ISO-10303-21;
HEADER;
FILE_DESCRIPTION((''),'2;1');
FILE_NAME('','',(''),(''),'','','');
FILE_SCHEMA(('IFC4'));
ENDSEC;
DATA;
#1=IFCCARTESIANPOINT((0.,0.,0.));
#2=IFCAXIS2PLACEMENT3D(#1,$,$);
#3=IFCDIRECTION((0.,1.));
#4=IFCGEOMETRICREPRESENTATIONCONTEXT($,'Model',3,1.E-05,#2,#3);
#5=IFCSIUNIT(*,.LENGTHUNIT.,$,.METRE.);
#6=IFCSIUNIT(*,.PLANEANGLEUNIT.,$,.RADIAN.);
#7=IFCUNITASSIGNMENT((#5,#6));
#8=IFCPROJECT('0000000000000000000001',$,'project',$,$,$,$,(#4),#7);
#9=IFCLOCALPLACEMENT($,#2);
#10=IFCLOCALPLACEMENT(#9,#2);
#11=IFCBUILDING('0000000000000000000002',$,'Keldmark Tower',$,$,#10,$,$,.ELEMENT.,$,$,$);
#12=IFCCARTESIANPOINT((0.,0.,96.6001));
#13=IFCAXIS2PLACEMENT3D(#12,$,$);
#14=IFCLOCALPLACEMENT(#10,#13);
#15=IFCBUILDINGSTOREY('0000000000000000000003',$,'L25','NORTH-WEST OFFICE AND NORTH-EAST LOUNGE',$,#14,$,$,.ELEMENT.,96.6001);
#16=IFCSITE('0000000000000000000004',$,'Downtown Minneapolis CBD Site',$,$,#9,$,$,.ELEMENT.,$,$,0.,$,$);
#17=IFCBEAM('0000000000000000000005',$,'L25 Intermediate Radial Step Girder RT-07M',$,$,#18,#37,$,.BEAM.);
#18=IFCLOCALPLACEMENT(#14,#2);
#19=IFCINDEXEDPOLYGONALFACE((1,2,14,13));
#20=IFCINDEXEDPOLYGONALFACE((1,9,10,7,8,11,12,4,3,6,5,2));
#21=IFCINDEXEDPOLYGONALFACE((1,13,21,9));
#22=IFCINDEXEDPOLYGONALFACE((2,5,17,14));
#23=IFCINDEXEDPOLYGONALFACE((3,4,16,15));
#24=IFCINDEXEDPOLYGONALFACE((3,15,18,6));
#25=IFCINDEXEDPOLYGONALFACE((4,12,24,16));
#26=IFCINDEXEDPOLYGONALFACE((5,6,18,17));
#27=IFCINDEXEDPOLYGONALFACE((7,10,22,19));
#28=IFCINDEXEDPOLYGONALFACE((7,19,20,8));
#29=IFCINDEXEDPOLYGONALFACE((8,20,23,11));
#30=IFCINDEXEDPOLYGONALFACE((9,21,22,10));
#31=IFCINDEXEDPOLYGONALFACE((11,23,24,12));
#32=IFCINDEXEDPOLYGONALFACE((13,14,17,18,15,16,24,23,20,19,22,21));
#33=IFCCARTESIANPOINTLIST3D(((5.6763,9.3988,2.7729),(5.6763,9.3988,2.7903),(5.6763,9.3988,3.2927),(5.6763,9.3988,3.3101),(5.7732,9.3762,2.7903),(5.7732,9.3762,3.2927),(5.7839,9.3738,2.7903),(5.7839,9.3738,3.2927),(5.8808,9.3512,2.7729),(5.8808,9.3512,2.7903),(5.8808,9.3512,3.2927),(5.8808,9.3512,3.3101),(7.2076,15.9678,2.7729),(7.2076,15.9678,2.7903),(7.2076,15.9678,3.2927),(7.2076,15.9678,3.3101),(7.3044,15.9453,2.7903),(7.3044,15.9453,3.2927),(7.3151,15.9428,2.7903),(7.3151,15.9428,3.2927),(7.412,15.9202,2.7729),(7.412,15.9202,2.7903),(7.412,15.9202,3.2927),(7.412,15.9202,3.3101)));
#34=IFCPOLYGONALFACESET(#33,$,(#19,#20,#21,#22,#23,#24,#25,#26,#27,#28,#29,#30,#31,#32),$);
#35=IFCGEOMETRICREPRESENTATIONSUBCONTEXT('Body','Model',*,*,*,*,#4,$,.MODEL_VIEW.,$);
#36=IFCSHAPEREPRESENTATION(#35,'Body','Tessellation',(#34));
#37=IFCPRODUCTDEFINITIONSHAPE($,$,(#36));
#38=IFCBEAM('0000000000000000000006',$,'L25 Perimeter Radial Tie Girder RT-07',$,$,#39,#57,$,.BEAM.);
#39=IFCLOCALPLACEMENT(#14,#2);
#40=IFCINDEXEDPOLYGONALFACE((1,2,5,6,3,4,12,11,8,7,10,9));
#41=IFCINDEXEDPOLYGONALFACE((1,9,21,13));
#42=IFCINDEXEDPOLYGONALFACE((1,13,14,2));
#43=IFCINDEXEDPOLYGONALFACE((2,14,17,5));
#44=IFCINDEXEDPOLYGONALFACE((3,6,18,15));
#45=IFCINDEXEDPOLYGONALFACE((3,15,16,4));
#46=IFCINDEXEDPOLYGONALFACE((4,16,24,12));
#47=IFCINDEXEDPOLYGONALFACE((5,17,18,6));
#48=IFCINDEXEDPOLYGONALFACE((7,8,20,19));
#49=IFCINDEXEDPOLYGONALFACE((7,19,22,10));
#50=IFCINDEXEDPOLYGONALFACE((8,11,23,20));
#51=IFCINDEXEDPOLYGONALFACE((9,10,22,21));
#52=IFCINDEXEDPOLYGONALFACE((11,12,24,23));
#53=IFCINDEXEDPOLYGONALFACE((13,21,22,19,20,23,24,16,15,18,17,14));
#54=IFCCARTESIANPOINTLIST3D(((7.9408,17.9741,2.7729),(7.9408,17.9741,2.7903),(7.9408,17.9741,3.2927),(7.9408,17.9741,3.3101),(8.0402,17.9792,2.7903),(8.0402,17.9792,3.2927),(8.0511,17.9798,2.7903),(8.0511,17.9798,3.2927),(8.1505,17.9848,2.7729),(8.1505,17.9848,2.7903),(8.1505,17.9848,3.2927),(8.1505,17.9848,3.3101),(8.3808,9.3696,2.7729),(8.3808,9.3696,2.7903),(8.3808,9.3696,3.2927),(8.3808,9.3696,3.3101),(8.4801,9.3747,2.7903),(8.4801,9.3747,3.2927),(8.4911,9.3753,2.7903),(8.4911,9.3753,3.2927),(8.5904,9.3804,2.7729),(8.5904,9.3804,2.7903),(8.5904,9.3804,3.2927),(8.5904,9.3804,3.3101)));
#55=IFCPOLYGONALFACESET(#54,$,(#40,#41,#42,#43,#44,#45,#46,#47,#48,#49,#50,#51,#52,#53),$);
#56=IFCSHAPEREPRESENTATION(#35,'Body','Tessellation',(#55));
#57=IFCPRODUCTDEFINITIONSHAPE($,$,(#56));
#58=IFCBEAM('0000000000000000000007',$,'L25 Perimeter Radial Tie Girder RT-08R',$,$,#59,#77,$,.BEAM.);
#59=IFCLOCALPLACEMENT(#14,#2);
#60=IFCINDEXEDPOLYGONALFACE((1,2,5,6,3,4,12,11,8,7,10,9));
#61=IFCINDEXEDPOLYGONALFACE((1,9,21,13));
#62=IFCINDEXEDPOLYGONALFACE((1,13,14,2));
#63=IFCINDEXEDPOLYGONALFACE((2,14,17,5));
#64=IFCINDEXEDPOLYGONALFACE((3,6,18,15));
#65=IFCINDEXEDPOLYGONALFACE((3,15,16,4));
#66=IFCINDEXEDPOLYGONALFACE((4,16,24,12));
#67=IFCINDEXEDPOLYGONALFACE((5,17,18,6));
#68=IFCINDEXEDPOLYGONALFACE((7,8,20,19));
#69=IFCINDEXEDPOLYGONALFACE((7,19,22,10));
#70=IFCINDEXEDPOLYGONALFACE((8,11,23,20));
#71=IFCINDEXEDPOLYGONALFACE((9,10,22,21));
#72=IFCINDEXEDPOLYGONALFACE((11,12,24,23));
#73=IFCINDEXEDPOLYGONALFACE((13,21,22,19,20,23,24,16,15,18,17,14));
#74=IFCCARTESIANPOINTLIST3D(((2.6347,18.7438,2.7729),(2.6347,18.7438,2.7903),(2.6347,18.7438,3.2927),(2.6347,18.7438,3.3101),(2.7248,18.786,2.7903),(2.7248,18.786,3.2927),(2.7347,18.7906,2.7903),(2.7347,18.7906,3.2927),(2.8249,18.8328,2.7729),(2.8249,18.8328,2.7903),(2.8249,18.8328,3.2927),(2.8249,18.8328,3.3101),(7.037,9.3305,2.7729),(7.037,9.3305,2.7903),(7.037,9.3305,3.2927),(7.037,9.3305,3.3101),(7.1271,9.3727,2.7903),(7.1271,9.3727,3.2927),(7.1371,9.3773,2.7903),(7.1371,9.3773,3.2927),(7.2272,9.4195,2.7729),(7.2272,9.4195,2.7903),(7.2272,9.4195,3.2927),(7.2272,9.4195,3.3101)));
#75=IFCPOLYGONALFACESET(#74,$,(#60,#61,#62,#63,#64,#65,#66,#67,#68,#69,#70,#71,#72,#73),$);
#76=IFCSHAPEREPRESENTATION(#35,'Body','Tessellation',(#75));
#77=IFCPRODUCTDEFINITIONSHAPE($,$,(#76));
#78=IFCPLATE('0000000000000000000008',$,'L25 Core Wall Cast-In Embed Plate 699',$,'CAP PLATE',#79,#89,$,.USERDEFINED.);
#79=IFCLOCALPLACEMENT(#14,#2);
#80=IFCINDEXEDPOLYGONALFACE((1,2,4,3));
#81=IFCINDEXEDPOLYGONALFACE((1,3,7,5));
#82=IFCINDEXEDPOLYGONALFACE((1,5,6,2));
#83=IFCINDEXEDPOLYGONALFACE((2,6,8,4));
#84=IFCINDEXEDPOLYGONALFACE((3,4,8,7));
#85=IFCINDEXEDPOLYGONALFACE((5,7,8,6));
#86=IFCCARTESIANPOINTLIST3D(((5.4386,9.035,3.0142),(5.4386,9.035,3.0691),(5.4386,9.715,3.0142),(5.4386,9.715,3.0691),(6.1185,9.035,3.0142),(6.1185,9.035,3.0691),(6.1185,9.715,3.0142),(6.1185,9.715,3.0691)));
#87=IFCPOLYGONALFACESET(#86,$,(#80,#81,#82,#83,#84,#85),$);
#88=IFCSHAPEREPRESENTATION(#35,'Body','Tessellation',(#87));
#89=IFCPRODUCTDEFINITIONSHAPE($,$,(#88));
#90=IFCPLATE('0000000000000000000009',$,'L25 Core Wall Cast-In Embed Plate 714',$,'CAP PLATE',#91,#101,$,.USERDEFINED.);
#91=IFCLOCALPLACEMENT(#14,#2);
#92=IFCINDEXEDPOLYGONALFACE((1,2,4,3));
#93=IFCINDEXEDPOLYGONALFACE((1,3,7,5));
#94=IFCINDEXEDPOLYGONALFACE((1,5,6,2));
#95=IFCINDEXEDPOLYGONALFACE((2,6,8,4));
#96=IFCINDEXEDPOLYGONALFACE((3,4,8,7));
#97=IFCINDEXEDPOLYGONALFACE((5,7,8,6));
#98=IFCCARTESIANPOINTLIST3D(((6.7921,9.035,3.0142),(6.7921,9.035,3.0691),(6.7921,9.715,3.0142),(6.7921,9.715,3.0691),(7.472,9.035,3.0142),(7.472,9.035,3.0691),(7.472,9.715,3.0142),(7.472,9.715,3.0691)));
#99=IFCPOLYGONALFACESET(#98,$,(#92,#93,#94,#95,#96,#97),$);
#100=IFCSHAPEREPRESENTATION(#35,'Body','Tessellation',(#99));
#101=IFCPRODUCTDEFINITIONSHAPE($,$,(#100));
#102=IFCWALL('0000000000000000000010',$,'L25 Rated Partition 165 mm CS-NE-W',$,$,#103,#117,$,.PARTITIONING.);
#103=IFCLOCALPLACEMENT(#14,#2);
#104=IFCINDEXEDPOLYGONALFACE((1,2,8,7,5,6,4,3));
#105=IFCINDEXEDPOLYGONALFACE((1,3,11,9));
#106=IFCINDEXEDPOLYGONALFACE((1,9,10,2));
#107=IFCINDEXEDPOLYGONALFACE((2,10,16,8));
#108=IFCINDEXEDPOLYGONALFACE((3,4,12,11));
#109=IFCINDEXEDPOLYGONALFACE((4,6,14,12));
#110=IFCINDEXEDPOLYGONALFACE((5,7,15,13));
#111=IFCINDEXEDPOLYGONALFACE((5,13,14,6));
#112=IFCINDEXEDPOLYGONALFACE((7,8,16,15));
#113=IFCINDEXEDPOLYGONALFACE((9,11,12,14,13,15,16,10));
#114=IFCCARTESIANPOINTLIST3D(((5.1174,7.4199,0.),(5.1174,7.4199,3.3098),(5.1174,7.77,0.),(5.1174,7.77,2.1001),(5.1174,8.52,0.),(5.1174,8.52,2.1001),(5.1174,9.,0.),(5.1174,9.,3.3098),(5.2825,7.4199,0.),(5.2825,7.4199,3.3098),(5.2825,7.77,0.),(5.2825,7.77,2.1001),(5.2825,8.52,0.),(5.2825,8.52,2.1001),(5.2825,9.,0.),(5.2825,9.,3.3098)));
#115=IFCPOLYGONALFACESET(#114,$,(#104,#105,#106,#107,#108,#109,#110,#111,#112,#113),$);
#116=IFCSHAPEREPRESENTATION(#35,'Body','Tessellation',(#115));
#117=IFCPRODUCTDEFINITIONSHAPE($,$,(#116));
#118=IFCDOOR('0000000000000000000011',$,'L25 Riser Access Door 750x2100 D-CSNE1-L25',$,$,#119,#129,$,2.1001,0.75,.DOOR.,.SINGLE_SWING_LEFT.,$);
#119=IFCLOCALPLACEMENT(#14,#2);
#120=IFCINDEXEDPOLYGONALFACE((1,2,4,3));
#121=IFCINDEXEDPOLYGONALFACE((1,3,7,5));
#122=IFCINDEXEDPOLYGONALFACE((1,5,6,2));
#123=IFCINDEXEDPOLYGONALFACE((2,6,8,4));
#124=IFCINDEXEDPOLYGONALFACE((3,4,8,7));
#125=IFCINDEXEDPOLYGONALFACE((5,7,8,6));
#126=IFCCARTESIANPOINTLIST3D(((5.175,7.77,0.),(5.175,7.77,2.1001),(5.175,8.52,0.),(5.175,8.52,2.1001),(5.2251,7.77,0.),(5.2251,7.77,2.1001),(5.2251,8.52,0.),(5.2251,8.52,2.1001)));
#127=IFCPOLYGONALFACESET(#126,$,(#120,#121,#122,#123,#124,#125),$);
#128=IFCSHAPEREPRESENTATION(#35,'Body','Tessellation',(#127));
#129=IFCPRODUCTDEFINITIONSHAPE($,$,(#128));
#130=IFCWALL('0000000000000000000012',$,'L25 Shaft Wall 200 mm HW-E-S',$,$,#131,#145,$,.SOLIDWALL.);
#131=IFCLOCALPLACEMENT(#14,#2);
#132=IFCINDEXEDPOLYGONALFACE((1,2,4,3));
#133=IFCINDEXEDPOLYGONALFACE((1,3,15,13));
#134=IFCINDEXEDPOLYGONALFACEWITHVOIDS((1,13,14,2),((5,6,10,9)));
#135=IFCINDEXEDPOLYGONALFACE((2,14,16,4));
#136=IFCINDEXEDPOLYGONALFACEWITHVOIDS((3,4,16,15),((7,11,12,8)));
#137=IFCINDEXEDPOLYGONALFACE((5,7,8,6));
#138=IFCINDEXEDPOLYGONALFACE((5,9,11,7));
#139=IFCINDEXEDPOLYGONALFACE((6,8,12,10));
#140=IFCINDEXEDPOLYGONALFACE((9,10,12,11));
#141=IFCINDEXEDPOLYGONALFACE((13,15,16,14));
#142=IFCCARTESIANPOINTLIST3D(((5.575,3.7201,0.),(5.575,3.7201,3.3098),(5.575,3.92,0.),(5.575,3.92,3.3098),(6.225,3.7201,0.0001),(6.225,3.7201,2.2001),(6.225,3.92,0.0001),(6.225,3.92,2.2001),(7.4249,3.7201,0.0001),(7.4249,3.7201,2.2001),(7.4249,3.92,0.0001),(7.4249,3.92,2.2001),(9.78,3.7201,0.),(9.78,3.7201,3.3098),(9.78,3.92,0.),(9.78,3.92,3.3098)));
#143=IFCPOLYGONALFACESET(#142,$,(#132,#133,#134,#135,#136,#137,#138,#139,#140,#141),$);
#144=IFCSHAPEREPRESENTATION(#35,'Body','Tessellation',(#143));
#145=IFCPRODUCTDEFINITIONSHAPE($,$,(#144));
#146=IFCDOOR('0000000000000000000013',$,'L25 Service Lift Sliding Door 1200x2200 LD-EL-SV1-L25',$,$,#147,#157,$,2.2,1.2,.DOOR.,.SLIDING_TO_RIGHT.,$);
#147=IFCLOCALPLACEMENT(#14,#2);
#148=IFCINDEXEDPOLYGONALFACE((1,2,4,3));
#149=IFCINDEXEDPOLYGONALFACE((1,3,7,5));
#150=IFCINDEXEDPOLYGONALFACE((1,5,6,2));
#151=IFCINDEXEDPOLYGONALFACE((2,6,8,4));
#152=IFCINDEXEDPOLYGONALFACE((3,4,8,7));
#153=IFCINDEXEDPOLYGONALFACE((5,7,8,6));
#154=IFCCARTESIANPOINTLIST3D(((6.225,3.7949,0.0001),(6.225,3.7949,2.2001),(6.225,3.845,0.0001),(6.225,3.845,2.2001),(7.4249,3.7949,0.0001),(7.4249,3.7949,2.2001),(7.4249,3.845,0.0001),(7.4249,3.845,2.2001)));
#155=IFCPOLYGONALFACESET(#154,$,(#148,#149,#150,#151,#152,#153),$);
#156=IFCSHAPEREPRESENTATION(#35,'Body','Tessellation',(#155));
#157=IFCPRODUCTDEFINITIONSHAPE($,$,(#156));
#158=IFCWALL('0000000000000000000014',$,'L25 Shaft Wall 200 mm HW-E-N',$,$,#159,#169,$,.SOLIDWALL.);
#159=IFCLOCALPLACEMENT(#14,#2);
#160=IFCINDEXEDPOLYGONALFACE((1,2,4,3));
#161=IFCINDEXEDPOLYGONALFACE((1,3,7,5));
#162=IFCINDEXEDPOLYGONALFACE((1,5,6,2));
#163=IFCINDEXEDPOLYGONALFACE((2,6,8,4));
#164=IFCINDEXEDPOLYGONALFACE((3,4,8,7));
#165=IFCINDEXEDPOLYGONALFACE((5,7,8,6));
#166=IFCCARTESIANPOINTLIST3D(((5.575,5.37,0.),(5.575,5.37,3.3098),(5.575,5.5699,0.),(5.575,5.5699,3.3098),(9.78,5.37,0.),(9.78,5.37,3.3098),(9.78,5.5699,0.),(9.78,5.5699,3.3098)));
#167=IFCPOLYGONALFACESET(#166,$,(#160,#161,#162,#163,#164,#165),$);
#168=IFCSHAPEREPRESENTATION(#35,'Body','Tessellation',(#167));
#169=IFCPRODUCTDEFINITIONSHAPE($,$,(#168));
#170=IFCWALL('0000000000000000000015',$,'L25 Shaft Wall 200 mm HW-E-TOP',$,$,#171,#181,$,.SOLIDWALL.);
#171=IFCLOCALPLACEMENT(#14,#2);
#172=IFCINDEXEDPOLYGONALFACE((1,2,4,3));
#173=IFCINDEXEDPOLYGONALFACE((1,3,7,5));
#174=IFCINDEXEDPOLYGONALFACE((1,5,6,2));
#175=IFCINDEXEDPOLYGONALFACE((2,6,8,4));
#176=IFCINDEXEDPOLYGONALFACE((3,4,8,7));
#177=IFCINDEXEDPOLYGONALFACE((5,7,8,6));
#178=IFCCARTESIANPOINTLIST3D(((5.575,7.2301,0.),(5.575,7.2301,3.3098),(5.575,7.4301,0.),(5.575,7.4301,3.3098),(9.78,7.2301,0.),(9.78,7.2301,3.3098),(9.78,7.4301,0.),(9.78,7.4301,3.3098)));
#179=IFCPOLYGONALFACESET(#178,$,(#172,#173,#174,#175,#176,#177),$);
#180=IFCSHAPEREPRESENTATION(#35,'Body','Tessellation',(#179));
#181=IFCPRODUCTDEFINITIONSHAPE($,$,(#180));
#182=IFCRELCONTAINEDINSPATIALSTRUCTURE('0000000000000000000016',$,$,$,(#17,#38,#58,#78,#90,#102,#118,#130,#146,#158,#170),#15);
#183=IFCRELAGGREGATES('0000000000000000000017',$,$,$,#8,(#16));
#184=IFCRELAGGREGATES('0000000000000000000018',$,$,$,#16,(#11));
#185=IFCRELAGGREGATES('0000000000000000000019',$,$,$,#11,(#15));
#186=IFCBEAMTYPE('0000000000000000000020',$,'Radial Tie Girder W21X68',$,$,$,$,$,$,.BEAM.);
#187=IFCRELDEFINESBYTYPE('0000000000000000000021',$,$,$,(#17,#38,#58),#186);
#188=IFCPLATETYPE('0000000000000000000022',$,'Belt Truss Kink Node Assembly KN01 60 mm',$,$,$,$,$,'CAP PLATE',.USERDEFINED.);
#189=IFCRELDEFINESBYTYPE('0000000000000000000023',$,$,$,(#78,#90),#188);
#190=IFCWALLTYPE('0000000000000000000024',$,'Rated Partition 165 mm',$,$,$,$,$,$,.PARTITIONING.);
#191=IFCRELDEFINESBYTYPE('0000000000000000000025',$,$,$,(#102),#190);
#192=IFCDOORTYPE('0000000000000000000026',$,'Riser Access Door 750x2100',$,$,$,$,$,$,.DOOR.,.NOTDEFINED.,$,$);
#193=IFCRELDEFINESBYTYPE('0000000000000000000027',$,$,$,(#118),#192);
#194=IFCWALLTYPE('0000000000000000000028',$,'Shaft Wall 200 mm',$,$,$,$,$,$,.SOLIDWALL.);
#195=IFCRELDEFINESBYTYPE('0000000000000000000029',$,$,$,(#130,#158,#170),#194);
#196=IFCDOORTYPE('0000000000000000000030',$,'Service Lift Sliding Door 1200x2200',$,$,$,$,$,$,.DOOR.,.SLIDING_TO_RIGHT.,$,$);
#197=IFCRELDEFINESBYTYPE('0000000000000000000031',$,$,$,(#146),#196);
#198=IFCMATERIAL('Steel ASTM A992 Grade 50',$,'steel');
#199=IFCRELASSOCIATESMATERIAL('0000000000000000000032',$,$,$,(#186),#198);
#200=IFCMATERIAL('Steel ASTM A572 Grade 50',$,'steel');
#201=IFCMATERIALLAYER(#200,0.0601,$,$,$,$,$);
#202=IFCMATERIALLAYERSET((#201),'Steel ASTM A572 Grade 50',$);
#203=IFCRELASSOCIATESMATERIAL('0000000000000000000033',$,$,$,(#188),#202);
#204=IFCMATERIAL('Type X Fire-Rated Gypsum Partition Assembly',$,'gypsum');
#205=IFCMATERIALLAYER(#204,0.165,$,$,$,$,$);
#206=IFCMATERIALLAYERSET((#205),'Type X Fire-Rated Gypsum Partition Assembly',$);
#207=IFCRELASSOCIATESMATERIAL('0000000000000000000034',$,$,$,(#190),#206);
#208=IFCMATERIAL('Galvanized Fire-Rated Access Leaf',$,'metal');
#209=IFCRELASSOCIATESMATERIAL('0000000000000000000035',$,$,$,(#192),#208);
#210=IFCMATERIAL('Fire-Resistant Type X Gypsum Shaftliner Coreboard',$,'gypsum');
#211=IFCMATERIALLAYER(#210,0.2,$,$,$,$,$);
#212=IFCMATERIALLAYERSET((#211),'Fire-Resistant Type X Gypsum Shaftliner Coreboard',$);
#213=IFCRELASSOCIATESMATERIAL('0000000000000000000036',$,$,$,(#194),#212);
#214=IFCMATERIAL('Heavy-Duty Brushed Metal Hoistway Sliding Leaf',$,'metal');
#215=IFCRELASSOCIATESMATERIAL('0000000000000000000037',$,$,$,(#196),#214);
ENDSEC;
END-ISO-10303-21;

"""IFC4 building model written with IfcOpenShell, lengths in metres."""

from ifc_helpers import new_model, si_unit, direction, frame, frame_2d, origin, origin_2d, place, context, subcontext, project, spatial, rectangle, i_section, extrude, material, layer, layer_set, material_profile, profile_set, type_object, element, fill, save


model = new_model("IFC4")

# Units and contexts
model_context = context("Model", 3, precision=1e-05, world=origin(), true_north=direction((0.0, 1.0)))
body_context = subcontext(model_context, "Body", "Model", "MODEL_VIEW")
ifc_project = project(units=[si_unit("LENGTHUNIT", "METRE"), si_unit("PLANEANGLEUNIT", "RADIAN")], contexts=[model_context])

# Site, building, storey
site_placement = place(None, origin())
site = spatial("IfcSite", under=ifc_project, at=site_placement, Name="Downtown Minneapolis CBD Site", CompositionType="ELEMENT", RefElevation=0.0)
building_placement = place(site_placement, origin())
building = spatial("IfcBuilding", under=site, at=building_placement, Name="Keldmark Tower", CompositionType="ELEMENT")
storey_placement = place(building_placement, frame((0.0, 0.0, 96.6001)))
storey = spatial("IfcBuildingStorey", under=building, at=storey_placement, Name="L25", Description="NORTH-WEST OFFICE AND NORTH-EAST LOUNGE", CompositionType="ELEMENT", Elevation=96.6001)

# Beams
ifc_material_1 = material(Name="Steel ASTM A992 Grade 50", Category="steel")
ifc_material_profile = material_profile(ifc_material_1, i_section(OverallWidth=0.21, OverallDepth=0.5371, WebThickness=0.011, FlangeThickness=0.0173, at=origin_2d()), Name="W21X68")
ifc_profile_set = profile_set([ifc_material_profile], Name="Steel ASTM A992 Grade 50")
beam_type = type_object("IfcBeamType", Name="Radial Tie Girder W21X68", PredefinedType="BEAM", material=ifc_profile_set)
beam_1_placement = place(storey_placement, frame((5.7786, 9.375, 3.0415), z_axis=(0.227013, 0.973892, 0.0), x_axis=(-0.973892, 0.227013, 0.0)))
element("IfcBeam", 1, at=beam_1_placement, inside=storey, type_object=beam_type, Name="L25 Intermediate Radial Step Girder RT-07M", PredefinedType="BEAM", context=body_context, shape_type="SweptSolid", body=[
    extrude(i_section(OverallWidth=0.21, OverallDepth=0.5371, WebThickness=0.011, FlangeThickness=0.0173, at=origin_2d()), origin(), (0.0, 0.0, 1.0), 6.7451),
])
beam_2_placement = place(storey_placement, frame((8.4856, 9.375, 3.0415), z_axis=(-0.051063, 0.998695, 0.0), x_axis=(-0.998695, -0.051063, 0.0)))
element("IfcBeam", 2, at=beam_2_placement, inside=storey, type_object=beam_type, Name="L25 Perimeter Radial Tie Girder RT-07", PredefinedType="BEAM", context=body_context, shape_type="SweptSolid", body=[
    extrude(i_section(OverallWidth=0.21, OverallDepth=0.5371, WebThickness=0.011, FlangeThickness=0.0173, at=origin_2d()), origin(), (0.0, 0.0, 1.0), 8.6157),
])
beam_3_placement = place(storey_placement, frame((7.1321, 9.375, 3.0415), z_axis=(-0.423633, 0.905834, 0.0), x_axis=(-0.905834, -0.423633, 0.0)))
element("IfcBeam", 3, at=beam_3_placement, inside=storey, type_object=beam_type, Name="L25 Perimeter Radial Tie Girder RT-08R", PredefinedType="BEAM", context=body_context, shape_type="SweptSolid", body=[
    extrude(i_section(OverallWidth=0.21, OverallDepth=0.5371, WebThickness=0.011, FlangeThickness=0.0173, at=origin_2d()), origin(), (0.0, 0.0, 1.0), 10.3918),
])

# Plates
ifc_material_2 = material(Name="Steel ASTM A572 Grade 50", Category="steel")
ifc_layer_1 = layer(ifc_material_2, 0.0601)
ifc_layer_set_1 = layer_set([ifc_layer_1], Name="Steel ASTM A572 Grade 50")
plate_type = type_object("IfcPlateType", Name="Belt Truss Kink Node Assembly KN01 60 mm", ElementType="CAP PLATE", PredefinedType="USERDEFINED", material=ifc_layer_set_1)
for number, where, z_axis, x_axis, name in (
    (4, (5.7786, 9.375, 3.0142), (0.0, 0.0, 1.0), (1.0, 0.0, 0.0), "L25 Core Wall Cast-In Embed Plate 699"),
    (5, (7.1321, 9.375, 3.0142), (0.0, 0.0, 1.0), (1.0, 0.0, 0.0), "L25 Core Wall Cast-In Embed Plate 714"),
):
    element("IfcPlate", number, at=place(storey_placement, frame(where, z_axis=z_axis, x_axis=x_axis)), inside=storey, type_object=plate_type, Name=name, ObjectType="CAP PLATE", PredefinedType="USERDEFINED", context=body_context, shape_type="SweptSolid", body=[
        extrude(rectangle(XDim=0.6799, YDim=0.6799, at=origin_2d()), origin(), (0.0, 0.0, 1.0), 0.0549),
    ])

# Walls, openings, doors
ifc_material_3 = material(Name="Type X Fire-Rated Gypsum Partition Assembly", Category="gypsum")
ifc_layer_2 = layer(ifc_material_3, 0.165)
ifc_layer_set_2 = layer_set([ifc_layer_2], Name="Type X Fire-Rated Gypsum Partition Assembly")
wall_type_1 = type_object("IfcWallType", Name="Rated Partition 165 mm", PredefinedType="PARTITIONING", material=ifc_layer_set_2)
wall_1_placement = place(storey_placement, frame((5.2, 7.4199, 0.0), z_axis=(0.0, 0.0, 1.0), x_axis=(0.0, 1.0, 0.0)))
wall_1 = element("IfcWall", 6, at=wall_1_placement, inside=storey, type_object=wall_type_1, Name="L25 Rated Partition 165 mm CS-NE-W", PredefinedType="PARTITIONING", context=body_context, shape_type="SweptSolid", body=[
    extrude(rectangle(XDim=1.5801, YDim=0.165, at=frame_2d((0.79, 0.0))), origin(), (0.0, 0.0, 1.0), 3.3098),
])
opening_1_placement = place(wall_1_placement, frame((0.3501, 0.0, 0.0)))
opening_1 = element("IfcOpeningElement", 7, at=opening_1_placement, cuts=wall_1, PredefinedType="OPENING", context=body_context, shape_type="SweptSolid", body=[
    extrude(rectangle(XDim=0.75, YDim=2.1001, at=frame_2d((0.375, 1.05))), frame((0.0, 0.0925, 0.0), z_axis=(0.0, -1.0, 0.0), x_axis=(1.0, 0.0, 0.0)), (0.0, 0.0, 1.0), 0.1851),
])
ifc_material_4 = material(Name="Galvanized Fire-Rated Access Leaf", Category="metal")
door_type_1 = type_object("IfcDoorType", Name="Riser Access Door 750x2100", OperationType="NOTDEFINED", PredefinedType="DOOR", material=ifc_material_4)
door_1_placement = place(opening_1_placement, origin())
door_1 = element("IfcDoor", 8, at=door_1_placement, inside=storey, type_object=door_type_1, Name="L25 Riser Access Door 750x2100 D-CSNE1-L25", OperationType="SINGLE_SWING_LEFT", OverallHeight=2.1001, OverallWidth=0.75, PredefinedType="DOOR", context=body_context, shape_type="SweptSolid", body=[
    extrude(rectangle(XDim=0.75, YDim=2.1001, at=frame_2d((0.375, 1.05))), frame((0.0, 0.0249, 0.0), z_axis=(0.0, -1.0, 0.0), x_axis=(1.0, 0.0, 0.0)), (0.0, 0.0, 1.0), 0.05),
])
fill(opening_1, door_1)
ifc_material_5 = material(Name="Fire-Resistant Type X Gypsum Shaftliner Coreboard", Category="gypsum")
ifc_layer_3 = layer(ifc_material_5, 0.2)
ifc_layer_set_3 = layer_set([ifc_layer_3], Name="Fire-Resistant Type X Gypsum Shaftliner Coreboard")
wall_type_2 = type_object("IfcWallType", Name="Shaft Wall 200 mm", PredefinedType="SOLIDWALL", material=ifc_layer_set_3)
wall_2_placement = place(storey_placement, frame((5.575, 3.8201, 0.0), z_axis=(0.0, 0.0, 1.0), x_axis=(1.0, 0.0, 0.0)))
wall_2 = element("IfcWall", 9, at=wall_2_placement, inside=storey, type_object=wall_type_2, Name="L25 Shaft Wall 200 mm HW-E-S", PredefinedType="SOLIDWALL", context=body_context, shape_type="SweptSolid", body=[
    extrude(rectangle(XDim=4.2051, YDim=0.2, at=frame_2d((2.1025, 0.0))), origin(), (0.0, 0.0, 1.0), 3.3098),
])
opening_2_placement = place(wall_2_placement, frame((0.6499, 0.0, 0.0)))
opening_2 = element("IfcOpeningElement", 10, at=opening_2_placement, cuts=wall_2, PredefinedType="OPENING", context=body_context, shape_type="SweptSolid", body=[
    extrude(rectangle(XDim=1.2, YDim=2.2, at=frame_2d((0.6001, 1.1001))), frame((0.0, 0.1099, 0.0), z_axis=(0.0, -1.0, 0.0), x_axis=(1.0, 0.0, 0.0)), (0.0, 0.0, 1.0), 0.22),
])
ifc_material_6 = material(Name="Heavy-Duty Brushed Metal Hoistway Sliding Leaf", Category="metal")
door_type_2 = type_object("IfcDoorType", Name="Service Lift Sliding Door 1200x2200", OperationType="SLIDING_TO_RIGHT", PredefinedType="DOOR", material=ifc_material_6)
door_2_placement = place(opening_2_placement, origin())
door_2 = element("IfcDoor", 11, at=door_2_placement, inside=storey, type_object=door_type_2, Name="L25 Service Lift Sliding Door 1200x2200 LD-EL-SV1-L25", OperationType="SLIDING_TO_RIGHT", OverallHeight=2.2, OverallWidth=1.2, PredefinedType="DOOR", context=body_context, shape_type="SweptSolid", body=[
    extrude(rectangle(XDim=1.2, YDim=2.2, at=frame_2d((0.6001, 1.1001))), frame((0.0, 0.0249, 0.0), z_axis=(0.0, -1.0, 0.0), x_axis=(1.0, 0.0, 0.0)), (0.0, 0.0, 1.0), 0.05),
])
fill(opening_2, door_2)

# Walls
for number, where, z_axis, x_axis, name in (
    (12, (5.575, 5.47, 0.0), (0.0, 0.0, 1.0), (1.0, 0.0, 0.0), "L25 Shaft Wall 200 mm HW-E-N"),
    (13, (5.575, 7.3301, 0.0), (0.0, 0.0, 1.0), (1.0, 0.0, 0.0), "L25 Shaft Wall 200 mm HW-E-TOP"),
):
    element("IfcWall", number, at=place(storey_placement, frame(where, z_axis=z_axis, x_axis=x_axis)), inside=storey, type_object=wall_type_2, Name=name, PredefinedType="SOLIDWALL", context=body_context, shape_type="SweptSolid", body=[
        extrude(rectangle(XDim=4.2051, YDim=0.2, at=frame_2d((2.1025, 0.0))), origin(), (0.0, 0.0, 1.0), 3.3098),
    ])

save(model, "model.ifc")
